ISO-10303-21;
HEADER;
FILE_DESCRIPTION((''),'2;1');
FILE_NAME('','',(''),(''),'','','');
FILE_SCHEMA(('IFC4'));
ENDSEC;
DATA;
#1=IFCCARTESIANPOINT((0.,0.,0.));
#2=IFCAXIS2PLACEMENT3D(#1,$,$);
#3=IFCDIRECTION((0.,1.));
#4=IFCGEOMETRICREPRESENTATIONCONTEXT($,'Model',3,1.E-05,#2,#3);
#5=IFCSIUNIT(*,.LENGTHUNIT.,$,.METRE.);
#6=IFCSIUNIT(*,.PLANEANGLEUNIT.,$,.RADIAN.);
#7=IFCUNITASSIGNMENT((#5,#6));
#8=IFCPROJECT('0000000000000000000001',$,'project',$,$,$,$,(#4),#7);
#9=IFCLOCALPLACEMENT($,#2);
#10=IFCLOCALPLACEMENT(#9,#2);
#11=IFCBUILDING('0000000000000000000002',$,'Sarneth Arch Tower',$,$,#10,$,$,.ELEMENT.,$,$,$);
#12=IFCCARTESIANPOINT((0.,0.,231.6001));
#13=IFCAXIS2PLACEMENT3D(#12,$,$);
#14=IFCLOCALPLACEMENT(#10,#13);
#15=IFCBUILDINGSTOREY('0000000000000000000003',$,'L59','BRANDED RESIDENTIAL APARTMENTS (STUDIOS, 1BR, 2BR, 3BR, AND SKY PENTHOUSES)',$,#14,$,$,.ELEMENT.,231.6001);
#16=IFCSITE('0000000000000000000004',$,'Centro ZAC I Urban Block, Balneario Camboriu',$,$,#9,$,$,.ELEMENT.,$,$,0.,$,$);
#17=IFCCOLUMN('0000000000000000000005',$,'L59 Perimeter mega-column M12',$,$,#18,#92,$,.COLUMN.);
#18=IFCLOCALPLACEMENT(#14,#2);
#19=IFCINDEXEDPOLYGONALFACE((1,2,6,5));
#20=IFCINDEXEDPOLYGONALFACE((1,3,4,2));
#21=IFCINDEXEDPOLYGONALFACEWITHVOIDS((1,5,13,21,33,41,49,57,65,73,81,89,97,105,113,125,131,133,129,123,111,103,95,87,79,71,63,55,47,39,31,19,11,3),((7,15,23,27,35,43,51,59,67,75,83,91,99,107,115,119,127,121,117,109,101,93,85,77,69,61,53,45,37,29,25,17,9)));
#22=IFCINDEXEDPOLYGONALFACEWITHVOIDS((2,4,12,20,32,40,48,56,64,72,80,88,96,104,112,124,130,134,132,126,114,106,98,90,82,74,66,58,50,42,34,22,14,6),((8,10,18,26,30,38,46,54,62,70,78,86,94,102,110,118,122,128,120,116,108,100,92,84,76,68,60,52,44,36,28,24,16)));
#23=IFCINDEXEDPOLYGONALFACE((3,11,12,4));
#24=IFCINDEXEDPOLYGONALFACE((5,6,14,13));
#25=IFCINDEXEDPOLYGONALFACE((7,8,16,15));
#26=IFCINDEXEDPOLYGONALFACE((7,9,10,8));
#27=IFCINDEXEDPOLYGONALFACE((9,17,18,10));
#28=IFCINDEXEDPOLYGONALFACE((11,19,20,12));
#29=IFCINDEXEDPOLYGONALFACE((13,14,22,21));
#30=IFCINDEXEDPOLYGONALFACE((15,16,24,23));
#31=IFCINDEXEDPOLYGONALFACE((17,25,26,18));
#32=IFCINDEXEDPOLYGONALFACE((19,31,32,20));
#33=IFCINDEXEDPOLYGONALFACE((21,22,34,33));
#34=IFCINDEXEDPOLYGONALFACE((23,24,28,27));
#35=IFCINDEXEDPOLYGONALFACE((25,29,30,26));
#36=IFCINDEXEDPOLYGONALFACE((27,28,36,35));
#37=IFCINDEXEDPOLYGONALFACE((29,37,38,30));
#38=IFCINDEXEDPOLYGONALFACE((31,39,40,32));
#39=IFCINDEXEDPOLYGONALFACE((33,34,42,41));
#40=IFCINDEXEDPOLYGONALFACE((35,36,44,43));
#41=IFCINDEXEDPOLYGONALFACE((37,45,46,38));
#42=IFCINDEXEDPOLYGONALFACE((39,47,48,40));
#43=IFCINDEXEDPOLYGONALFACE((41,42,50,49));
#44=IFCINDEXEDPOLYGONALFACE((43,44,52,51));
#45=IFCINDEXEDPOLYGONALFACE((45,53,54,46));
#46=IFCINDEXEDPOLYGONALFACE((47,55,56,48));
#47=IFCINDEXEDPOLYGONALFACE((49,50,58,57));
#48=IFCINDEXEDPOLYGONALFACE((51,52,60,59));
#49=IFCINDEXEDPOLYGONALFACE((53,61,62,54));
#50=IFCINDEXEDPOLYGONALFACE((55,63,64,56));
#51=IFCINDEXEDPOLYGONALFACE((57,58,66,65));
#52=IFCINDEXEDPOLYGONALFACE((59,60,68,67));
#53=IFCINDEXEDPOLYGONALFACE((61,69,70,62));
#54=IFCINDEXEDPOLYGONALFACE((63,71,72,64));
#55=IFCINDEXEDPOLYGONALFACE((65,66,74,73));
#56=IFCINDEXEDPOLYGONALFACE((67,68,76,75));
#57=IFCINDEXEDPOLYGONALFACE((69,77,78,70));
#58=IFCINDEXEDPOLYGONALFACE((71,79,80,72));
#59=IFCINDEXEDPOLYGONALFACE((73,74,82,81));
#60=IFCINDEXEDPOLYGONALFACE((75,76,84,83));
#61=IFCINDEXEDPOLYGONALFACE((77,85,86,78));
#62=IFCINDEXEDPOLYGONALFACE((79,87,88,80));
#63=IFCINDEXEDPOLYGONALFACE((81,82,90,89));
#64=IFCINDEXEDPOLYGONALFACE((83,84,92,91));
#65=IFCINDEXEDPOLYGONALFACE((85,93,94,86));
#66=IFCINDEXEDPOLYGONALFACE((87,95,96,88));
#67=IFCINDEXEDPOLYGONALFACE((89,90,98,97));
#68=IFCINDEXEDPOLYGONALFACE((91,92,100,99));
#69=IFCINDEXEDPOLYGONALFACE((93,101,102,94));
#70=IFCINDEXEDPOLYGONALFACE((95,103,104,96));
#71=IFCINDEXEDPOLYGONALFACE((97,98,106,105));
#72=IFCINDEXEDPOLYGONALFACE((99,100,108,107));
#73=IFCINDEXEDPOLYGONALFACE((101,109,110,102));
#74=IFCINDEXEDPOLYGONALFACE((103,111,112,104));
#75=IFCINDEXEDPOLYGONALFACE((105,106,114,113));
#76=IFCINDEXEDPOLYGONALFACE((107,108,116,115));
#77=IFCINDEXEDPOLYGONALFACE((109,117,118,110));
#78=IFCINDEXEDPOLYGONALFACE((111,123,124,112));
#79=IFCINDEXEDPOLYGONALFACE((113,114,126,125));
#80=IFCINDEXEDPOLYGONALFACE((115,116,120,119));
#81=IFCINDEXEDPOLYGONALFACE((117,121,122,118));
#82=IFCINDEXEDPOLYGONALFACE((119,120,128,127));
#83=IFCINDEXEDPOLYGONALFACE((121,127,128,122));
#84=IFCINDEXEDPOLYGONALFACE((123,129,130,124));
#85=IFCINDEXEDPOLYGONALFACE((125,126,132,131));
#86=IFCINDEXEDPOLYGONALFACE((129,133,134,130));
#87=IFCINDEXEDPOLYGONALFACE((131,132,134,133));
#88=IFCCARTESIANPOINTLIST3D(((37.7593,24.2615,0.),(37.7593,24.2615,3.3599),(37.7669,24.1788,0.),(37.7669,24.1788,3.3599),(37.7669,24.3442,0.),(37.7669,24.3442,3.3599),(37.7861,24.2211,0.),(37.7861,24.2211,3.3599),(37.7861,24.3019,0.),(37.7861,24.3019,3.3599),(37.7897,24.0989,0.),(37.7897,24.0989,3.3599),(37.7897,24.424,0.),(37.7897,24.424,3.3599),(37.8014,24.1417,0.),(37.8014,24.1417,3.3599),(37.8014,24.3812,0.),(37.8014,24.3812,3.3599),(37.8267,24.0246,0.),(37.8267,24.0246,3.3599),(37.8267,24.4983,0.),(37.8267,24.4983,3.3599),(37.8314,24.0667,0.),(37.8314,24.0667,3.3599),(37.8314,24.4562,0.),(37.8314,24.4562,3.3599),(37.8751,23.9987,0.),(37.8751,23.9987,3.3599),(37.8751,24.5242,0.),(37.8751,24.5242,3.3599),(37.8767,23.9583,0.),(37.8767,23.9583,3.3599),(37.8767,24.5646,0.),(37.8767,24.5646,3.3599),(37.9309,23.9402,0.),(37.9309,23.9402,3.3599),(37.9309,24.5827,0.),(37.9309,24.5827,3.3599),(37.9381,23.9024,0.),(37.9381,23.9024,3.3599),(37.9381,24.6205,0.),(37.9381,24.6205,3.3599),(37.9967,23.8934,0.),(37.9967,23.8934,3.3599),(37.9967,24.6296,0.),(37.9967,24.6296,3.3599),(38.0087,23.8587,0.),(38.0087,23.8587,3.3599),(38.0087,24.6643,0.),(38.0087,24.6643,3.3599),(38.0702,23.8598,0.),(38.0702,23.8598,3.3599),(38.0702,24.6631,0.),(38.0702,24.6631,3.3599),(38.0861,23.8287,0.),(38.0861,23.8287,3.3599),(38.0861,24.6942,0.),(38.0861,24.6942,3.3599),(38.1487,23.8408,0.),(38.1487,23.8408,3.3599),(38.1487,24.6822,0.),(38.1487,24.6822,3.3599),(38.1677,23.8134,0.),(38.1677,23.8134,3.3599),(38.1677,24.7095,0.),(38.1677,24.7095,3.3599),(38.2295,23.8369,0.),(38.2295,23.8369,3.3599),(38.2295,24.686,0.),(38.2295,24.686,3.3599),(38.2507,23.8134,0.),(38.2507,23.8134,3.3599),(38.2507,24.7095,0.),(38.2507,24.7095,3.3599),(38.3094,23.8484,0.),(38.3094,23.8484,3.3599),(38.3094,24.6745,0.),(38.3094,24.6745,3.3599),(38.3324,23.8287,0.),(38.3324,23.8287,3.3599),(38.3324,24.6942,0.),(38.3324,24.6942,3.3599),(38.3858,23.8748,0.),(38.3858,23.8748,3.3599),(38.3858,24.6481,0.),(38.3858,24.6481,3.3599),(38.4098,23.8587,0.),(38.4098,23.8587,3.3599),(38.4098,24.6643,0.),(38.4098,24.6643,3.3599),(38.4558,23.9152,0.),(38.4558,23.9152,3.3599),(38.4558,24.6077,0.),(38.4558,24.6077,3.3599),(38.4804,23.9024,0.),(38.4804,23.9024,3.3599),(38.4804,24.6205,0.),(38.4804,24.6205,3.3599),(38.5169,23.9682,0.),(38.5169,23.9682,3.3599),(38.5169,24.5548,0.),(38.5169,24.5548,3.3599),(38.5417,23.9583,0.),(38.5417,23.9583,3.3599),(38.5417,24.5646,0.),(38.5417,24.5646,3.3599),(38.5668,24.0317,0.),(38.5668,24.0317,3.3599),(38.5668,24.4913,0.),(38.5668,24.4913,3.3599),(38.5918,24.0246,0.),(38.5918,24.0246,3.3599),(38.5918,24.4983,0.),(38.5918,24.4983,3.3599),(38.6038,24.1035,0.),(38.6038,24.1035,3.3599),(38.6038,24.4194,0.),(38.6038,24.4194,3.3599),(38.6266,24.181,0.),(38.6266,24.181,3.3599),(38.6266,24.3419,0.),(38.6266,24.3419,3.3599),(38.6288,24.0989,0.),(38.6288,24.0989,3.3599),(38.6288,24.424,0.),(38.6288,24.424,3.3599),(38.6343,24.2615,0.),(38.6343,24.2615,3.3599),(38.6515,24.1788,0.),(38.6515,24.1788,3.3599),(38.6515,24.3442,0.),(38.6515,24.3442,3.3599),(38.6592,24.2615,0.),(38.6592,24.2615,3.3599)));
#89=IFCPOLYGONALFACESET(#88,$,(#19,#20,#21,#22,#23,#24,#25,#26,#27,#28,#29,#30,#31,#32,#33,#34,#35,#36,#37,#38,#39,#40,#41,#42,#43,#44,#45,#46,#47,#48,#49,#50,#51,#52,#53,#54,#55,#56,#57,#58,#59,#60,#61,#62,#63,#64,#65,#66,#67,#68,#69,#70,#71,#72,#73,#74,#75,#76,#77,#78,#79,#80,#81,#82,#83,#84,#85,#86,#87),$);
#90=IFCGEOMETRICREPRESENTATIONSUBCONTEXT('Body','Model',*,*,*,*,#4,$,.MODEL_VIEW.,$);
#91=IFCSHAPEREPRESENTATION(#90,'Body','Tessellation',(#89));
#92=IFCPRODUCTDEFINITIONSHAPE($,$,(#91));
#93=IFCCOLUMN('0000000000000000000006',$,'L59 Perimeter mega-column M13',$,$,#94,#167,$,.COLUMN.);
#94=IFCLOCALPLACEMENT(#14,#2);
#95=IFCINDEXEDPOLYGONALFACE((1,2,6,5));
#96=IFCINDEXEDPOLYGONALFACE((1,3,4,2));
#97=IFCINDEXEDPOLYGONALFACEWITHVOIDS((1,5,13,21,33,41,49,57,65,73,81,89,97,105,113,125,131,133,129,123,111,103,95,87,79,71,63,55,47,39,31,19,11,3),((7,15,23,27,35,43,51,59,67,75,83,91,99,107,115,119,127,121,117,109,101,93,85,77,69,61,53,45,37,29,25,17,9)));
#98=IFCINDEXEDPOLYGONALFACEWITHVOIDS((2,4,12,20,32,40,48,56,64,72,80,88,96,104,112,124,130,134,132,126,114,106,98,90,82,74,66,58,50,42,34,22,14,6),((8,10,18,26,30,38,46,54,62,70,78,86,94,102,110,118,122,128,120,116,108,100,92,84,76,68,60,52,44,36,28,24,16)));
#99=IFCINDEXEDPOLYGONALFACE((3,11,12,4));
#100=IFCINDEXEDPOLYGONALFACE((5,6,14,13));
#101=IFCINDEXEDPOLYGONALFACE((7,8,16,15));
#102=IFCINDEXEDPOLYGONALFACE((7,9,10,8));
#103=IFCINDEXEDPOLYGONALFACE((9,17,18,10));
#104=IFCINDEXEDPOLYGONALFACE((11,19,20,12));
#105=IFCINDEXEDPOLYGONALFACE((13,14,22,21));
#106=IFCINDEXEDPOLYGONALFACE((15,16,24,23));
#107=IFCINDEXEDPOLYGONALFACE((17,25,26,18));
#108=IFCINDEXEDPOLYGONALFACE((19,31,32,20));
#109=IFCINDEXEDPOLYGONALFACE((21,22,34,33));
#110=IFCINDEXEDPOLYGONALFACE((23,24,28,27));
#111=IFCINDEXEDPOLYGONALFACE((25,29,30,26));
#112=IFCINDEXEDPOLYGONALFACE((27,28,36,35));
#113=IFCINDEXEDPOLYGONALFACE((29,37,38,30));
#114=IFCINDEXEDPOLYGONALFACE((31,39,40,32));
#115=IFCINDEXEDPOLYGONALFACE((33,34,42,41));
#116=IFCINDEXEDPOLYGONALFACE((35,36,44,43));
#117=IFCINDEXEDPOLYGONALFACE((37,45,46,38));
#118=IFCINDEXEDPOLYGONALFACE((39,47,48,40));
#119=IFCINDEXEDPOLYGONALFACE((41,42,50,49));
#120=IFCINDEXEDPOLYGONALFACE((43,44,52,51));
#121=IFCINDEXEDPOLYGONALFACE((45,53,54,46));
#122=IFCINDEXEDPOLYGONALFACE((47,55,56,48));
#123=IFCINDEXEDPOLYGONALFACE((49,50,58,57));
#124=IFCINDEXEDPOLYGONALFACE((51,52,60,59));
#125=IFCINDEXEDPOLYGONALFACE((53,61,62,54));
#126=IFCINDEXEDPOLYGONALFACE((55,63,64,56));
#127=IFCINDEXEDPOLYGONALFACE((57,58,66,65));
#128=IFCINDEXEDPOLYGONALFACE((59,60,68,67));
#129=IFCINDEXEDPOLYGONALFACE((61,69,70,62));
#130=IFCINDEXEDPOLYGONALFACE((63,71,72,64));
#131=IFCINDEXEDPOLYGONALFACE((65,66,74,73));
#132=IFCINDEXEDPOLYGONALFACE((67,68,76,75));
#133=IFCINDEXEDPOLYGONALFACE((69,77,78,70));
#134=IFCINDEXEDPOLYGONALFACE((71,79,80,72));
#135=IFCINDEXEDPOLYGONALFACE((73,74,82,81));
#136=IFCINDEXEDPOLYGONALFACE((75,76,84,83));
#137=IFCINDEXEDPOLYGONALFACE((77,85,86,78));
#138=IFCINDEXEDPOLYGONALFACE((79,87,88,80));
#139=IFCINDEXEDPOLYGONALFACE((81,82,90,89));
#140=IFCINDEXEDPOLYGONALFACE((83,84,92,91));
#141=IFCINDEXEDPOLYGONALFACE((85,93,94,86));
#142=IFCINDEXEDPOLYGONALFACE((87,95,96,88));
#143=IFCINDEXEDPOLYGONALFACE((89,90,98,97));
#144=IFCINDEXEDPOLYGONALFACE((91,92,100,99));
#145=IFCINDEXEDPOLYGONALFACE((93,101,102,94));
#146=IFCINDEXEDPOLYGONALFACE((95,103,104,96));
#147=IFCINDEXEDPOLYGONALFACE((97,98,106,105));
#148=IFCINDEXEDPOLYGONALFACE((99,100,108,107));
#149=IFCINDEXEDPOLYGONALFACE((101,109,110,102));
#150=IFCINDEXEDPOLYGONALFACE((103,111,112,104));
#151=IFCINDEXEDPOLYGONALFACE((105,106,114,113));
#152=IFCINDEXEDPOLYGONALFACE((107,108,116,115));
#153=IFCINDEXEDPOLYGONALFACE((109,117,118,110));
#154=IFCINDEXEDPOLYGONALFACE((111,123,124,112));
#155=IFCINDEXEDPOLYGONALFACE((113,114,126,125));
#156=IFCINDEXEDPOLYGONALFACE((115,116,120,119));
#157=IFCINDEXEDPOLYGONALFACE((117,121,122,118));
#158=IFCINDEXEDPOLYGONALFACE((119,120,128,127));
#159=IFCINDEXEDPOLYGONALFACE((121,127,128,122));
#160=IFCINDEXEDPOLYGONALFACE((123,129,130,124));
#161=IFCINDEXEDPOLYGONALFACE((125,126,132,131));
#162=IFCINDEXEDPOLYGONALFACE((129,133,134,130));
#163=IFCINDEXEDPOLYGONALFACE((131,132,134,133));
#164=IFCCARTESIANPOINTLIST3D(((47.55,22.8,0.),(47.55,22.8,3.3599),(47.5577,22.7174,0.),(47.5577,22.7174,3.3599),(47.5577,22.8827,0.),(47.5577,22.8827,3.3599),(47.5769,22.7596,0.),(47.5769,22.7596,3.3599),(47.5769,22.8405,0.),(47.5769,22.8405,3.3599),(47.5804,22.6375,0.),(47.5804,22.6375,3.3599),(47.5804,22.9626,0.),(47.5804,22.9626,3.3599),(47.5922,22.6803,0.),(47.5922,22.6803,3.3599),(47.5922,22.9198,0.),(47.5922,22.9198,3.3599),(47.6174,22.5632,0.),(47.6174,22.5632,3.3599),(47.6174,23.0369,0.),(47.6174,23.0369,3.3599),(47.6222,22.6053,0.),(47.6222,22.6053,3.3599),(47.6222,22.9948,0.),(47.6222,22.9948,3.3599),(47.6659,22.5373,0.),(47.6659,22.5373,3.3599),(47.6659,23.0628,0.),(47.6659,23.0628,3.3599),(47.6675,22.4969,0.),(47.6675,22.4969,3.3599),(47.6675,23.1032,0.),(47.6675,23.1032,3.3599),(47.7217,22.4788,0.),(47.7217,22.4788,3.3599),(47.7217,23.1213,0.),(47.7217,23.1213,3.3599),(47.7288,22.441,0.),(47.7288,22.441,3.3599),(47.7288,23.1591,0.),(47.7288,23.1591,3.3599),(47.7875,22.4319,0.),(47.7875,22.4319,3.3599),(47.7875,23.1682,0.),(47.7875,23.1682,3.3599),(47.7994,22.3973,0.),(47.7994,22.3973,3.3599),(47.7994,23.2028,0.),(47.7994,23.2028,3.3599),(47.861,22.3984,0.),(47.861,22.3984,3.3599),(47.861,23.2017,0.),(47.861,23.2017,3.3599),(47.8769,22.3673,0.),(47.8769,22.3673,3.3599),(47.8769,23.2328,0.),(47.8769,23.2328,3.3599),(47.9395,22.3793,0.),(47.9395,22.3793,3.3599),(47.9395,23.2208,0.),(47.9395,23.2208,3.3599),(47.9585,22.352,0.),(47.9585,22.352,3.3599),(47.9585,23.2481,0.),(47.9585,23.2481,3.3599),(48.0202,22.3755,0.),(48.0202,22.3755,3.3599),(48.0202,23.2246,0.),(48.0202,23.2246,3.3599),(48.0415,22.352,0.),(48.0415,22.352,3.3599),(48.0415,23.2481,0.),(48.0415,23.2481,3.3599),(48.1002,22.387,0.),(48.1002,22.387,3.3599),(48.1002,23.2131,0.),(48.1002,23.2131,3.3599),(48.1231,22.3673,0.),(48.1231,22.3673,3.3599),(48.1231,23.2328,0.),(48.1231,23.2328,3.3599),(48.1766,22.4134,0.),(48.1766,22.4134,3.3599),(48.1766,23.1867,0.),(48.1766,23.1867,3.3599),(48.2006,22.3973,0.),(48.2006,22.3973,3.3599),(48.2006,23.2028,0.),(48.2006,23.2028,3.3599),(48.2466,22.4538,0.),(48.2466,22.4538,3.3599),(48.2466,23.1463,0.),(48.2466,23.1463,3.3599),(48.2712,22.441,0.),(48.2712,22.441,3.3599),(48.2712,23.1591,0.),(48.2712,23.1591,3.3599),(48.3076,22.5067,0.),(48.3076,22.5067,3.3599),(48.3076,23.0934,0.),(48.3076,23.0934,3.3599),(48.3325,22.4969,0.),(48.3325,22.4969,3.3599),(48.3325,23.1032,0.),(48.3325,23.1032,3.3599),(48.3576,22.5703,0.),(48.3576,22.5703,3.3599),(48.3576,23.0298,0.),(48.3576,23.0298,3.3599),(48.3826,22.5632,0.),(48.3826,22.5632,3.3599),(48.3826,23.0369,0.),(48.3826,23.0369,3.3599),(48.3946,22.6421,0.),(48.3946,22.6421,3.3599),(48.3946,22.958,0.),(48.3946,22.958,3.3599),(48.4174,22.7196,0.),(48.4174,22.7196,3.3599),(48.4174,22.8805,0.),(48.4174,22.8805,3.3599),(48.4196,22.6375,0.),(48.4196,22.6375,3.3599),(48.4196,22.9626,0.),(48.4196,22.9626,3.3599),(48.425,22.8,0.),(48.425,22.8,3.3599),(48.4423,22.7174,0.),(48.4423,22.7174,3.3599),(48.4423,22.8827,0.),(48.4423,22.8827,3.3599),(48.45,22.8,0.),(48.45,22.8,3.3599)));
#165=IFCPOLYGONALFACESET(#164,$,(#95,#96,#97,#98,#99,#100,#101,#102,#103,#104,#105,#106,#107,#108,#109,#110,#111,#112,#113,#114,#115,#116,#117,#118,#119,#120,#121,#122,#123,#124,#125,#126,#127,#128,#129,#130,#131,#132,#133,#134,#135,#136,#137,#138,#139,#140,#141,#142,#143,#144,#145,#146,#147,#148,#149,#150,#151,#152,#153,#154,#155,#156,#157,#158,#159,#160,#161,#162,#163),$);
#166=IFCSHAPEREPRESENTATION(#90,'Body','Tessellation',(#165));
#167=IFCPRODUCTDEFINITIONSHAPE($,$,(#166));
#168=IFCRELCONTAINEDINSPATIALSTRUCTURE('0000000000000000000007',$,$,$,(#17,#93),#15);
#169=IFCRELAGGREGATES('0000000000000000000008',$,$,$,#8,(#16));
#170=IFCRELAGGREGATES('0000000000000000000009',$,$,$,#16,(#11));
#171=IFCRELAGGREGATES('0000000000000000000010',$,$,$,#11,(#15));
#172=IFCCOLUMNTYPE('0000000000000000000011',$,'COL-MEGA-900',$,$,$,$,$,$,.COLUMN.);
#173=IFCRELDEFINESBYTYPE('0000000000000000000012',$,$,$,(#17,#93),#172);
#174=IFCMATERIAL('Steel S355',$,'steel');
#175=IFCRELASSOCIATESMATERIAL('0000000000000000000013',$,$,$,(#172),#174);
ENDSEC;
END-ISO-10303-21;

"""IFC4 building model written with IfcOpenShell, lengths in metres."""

from ifc_helpers import new_model, si_unit, direction, frame, origin, origin_2d, place, context, subcontext, project, spatial, hollow_circle, extrude, material, material_profile, profile_set, type_object, element, save


model = new_model("IFC4")

# Units and contexts
model_context = context("Model", 3, precision=1e-05, world=origin(), true_north=direction((0.0, 1.0)))
body_context = subcontext(model_context, "Body", "Model", "MODEL_VIEW")
ifc_project = project(units=[si_unit("LENGTHUNIT", "METRE"), si_unit("PLANEANGLEUNIT", "RADIAN")], contexts=[model_context])

# Site, building, storey
site_placement = place(None, origin())
site = spatial("IfcSite", under=ifc_project, at=site_placement, Name="Centro ZAC I Urban Block, Balneario Camboriu", CompositionType="ELEMENT", RefElevation=0.0)
building_placement = place(site_placement, origin())
building = spatial("IfcBuilding", under=site, at=building_placement, Name="Sarneth Arch Tower", CompositionType="ELEMENT")
storey_placement = place(building_placement, frame((0.0, 0.0, 231.6001)))
storey = spatial("IfcBuildingStorey", under=building, at=storey_placement, Name="L59", Description="BRANDED RESIDENTIAL APARTMENTS (STUDIOS, 1BR, 2BR, 3BR, AND SKY PENTHOUSES)", CompositionType="ELEMENT", Elevation=231.6001)

# Columns
ifc_material_1 = material(Name="Steel S355", Category="steel")
ifc_material_profile_1 = material_profile(ifc_material_1, hollow_circle(Radius=0.45, WallThickness=0.0249, at=origin_2d()), Name="CHS900x25")
ifc_profile_set_1 = profile_set([ifc_material_profile_1], Name="Steel S355")
column_type = type_object("IfcColumnType", Name="COL-MEGA-900", PredefinedType="COLUMN", material=ifc_profile_set_1)
for number, where, z_axis, x_axis, name in (
    (1, (38.2092, 24.2615, 0.0), (0.0, 0.0, 1.0), (1.0, 0.0, 0.0), "L59 Perimeter mega-column M12"),
    (2, (48.0, 22.8, 0.0), (0.0, 0.0, 1.0), (1.0, 0.0, 0.0), "L59 Perimeter mega-column M13"),
):
    element("IfcColumn", number, at=place(storey_placement, frame(where, z_axis=z_axis, x_axis=x_axis)), inside=storey, type_object=column_type, Name=name, PredefinedType="COLUMN", context=body_context, shape_type="SweptSolid", body=[
        extrude(hollow_circle(Radius=0.45, WallThickness=0.0249, at=origin_2d()), origin(), (0.0, 0.0, 1.0), 3.3599),
    ])

save(model, "model.ifc")
